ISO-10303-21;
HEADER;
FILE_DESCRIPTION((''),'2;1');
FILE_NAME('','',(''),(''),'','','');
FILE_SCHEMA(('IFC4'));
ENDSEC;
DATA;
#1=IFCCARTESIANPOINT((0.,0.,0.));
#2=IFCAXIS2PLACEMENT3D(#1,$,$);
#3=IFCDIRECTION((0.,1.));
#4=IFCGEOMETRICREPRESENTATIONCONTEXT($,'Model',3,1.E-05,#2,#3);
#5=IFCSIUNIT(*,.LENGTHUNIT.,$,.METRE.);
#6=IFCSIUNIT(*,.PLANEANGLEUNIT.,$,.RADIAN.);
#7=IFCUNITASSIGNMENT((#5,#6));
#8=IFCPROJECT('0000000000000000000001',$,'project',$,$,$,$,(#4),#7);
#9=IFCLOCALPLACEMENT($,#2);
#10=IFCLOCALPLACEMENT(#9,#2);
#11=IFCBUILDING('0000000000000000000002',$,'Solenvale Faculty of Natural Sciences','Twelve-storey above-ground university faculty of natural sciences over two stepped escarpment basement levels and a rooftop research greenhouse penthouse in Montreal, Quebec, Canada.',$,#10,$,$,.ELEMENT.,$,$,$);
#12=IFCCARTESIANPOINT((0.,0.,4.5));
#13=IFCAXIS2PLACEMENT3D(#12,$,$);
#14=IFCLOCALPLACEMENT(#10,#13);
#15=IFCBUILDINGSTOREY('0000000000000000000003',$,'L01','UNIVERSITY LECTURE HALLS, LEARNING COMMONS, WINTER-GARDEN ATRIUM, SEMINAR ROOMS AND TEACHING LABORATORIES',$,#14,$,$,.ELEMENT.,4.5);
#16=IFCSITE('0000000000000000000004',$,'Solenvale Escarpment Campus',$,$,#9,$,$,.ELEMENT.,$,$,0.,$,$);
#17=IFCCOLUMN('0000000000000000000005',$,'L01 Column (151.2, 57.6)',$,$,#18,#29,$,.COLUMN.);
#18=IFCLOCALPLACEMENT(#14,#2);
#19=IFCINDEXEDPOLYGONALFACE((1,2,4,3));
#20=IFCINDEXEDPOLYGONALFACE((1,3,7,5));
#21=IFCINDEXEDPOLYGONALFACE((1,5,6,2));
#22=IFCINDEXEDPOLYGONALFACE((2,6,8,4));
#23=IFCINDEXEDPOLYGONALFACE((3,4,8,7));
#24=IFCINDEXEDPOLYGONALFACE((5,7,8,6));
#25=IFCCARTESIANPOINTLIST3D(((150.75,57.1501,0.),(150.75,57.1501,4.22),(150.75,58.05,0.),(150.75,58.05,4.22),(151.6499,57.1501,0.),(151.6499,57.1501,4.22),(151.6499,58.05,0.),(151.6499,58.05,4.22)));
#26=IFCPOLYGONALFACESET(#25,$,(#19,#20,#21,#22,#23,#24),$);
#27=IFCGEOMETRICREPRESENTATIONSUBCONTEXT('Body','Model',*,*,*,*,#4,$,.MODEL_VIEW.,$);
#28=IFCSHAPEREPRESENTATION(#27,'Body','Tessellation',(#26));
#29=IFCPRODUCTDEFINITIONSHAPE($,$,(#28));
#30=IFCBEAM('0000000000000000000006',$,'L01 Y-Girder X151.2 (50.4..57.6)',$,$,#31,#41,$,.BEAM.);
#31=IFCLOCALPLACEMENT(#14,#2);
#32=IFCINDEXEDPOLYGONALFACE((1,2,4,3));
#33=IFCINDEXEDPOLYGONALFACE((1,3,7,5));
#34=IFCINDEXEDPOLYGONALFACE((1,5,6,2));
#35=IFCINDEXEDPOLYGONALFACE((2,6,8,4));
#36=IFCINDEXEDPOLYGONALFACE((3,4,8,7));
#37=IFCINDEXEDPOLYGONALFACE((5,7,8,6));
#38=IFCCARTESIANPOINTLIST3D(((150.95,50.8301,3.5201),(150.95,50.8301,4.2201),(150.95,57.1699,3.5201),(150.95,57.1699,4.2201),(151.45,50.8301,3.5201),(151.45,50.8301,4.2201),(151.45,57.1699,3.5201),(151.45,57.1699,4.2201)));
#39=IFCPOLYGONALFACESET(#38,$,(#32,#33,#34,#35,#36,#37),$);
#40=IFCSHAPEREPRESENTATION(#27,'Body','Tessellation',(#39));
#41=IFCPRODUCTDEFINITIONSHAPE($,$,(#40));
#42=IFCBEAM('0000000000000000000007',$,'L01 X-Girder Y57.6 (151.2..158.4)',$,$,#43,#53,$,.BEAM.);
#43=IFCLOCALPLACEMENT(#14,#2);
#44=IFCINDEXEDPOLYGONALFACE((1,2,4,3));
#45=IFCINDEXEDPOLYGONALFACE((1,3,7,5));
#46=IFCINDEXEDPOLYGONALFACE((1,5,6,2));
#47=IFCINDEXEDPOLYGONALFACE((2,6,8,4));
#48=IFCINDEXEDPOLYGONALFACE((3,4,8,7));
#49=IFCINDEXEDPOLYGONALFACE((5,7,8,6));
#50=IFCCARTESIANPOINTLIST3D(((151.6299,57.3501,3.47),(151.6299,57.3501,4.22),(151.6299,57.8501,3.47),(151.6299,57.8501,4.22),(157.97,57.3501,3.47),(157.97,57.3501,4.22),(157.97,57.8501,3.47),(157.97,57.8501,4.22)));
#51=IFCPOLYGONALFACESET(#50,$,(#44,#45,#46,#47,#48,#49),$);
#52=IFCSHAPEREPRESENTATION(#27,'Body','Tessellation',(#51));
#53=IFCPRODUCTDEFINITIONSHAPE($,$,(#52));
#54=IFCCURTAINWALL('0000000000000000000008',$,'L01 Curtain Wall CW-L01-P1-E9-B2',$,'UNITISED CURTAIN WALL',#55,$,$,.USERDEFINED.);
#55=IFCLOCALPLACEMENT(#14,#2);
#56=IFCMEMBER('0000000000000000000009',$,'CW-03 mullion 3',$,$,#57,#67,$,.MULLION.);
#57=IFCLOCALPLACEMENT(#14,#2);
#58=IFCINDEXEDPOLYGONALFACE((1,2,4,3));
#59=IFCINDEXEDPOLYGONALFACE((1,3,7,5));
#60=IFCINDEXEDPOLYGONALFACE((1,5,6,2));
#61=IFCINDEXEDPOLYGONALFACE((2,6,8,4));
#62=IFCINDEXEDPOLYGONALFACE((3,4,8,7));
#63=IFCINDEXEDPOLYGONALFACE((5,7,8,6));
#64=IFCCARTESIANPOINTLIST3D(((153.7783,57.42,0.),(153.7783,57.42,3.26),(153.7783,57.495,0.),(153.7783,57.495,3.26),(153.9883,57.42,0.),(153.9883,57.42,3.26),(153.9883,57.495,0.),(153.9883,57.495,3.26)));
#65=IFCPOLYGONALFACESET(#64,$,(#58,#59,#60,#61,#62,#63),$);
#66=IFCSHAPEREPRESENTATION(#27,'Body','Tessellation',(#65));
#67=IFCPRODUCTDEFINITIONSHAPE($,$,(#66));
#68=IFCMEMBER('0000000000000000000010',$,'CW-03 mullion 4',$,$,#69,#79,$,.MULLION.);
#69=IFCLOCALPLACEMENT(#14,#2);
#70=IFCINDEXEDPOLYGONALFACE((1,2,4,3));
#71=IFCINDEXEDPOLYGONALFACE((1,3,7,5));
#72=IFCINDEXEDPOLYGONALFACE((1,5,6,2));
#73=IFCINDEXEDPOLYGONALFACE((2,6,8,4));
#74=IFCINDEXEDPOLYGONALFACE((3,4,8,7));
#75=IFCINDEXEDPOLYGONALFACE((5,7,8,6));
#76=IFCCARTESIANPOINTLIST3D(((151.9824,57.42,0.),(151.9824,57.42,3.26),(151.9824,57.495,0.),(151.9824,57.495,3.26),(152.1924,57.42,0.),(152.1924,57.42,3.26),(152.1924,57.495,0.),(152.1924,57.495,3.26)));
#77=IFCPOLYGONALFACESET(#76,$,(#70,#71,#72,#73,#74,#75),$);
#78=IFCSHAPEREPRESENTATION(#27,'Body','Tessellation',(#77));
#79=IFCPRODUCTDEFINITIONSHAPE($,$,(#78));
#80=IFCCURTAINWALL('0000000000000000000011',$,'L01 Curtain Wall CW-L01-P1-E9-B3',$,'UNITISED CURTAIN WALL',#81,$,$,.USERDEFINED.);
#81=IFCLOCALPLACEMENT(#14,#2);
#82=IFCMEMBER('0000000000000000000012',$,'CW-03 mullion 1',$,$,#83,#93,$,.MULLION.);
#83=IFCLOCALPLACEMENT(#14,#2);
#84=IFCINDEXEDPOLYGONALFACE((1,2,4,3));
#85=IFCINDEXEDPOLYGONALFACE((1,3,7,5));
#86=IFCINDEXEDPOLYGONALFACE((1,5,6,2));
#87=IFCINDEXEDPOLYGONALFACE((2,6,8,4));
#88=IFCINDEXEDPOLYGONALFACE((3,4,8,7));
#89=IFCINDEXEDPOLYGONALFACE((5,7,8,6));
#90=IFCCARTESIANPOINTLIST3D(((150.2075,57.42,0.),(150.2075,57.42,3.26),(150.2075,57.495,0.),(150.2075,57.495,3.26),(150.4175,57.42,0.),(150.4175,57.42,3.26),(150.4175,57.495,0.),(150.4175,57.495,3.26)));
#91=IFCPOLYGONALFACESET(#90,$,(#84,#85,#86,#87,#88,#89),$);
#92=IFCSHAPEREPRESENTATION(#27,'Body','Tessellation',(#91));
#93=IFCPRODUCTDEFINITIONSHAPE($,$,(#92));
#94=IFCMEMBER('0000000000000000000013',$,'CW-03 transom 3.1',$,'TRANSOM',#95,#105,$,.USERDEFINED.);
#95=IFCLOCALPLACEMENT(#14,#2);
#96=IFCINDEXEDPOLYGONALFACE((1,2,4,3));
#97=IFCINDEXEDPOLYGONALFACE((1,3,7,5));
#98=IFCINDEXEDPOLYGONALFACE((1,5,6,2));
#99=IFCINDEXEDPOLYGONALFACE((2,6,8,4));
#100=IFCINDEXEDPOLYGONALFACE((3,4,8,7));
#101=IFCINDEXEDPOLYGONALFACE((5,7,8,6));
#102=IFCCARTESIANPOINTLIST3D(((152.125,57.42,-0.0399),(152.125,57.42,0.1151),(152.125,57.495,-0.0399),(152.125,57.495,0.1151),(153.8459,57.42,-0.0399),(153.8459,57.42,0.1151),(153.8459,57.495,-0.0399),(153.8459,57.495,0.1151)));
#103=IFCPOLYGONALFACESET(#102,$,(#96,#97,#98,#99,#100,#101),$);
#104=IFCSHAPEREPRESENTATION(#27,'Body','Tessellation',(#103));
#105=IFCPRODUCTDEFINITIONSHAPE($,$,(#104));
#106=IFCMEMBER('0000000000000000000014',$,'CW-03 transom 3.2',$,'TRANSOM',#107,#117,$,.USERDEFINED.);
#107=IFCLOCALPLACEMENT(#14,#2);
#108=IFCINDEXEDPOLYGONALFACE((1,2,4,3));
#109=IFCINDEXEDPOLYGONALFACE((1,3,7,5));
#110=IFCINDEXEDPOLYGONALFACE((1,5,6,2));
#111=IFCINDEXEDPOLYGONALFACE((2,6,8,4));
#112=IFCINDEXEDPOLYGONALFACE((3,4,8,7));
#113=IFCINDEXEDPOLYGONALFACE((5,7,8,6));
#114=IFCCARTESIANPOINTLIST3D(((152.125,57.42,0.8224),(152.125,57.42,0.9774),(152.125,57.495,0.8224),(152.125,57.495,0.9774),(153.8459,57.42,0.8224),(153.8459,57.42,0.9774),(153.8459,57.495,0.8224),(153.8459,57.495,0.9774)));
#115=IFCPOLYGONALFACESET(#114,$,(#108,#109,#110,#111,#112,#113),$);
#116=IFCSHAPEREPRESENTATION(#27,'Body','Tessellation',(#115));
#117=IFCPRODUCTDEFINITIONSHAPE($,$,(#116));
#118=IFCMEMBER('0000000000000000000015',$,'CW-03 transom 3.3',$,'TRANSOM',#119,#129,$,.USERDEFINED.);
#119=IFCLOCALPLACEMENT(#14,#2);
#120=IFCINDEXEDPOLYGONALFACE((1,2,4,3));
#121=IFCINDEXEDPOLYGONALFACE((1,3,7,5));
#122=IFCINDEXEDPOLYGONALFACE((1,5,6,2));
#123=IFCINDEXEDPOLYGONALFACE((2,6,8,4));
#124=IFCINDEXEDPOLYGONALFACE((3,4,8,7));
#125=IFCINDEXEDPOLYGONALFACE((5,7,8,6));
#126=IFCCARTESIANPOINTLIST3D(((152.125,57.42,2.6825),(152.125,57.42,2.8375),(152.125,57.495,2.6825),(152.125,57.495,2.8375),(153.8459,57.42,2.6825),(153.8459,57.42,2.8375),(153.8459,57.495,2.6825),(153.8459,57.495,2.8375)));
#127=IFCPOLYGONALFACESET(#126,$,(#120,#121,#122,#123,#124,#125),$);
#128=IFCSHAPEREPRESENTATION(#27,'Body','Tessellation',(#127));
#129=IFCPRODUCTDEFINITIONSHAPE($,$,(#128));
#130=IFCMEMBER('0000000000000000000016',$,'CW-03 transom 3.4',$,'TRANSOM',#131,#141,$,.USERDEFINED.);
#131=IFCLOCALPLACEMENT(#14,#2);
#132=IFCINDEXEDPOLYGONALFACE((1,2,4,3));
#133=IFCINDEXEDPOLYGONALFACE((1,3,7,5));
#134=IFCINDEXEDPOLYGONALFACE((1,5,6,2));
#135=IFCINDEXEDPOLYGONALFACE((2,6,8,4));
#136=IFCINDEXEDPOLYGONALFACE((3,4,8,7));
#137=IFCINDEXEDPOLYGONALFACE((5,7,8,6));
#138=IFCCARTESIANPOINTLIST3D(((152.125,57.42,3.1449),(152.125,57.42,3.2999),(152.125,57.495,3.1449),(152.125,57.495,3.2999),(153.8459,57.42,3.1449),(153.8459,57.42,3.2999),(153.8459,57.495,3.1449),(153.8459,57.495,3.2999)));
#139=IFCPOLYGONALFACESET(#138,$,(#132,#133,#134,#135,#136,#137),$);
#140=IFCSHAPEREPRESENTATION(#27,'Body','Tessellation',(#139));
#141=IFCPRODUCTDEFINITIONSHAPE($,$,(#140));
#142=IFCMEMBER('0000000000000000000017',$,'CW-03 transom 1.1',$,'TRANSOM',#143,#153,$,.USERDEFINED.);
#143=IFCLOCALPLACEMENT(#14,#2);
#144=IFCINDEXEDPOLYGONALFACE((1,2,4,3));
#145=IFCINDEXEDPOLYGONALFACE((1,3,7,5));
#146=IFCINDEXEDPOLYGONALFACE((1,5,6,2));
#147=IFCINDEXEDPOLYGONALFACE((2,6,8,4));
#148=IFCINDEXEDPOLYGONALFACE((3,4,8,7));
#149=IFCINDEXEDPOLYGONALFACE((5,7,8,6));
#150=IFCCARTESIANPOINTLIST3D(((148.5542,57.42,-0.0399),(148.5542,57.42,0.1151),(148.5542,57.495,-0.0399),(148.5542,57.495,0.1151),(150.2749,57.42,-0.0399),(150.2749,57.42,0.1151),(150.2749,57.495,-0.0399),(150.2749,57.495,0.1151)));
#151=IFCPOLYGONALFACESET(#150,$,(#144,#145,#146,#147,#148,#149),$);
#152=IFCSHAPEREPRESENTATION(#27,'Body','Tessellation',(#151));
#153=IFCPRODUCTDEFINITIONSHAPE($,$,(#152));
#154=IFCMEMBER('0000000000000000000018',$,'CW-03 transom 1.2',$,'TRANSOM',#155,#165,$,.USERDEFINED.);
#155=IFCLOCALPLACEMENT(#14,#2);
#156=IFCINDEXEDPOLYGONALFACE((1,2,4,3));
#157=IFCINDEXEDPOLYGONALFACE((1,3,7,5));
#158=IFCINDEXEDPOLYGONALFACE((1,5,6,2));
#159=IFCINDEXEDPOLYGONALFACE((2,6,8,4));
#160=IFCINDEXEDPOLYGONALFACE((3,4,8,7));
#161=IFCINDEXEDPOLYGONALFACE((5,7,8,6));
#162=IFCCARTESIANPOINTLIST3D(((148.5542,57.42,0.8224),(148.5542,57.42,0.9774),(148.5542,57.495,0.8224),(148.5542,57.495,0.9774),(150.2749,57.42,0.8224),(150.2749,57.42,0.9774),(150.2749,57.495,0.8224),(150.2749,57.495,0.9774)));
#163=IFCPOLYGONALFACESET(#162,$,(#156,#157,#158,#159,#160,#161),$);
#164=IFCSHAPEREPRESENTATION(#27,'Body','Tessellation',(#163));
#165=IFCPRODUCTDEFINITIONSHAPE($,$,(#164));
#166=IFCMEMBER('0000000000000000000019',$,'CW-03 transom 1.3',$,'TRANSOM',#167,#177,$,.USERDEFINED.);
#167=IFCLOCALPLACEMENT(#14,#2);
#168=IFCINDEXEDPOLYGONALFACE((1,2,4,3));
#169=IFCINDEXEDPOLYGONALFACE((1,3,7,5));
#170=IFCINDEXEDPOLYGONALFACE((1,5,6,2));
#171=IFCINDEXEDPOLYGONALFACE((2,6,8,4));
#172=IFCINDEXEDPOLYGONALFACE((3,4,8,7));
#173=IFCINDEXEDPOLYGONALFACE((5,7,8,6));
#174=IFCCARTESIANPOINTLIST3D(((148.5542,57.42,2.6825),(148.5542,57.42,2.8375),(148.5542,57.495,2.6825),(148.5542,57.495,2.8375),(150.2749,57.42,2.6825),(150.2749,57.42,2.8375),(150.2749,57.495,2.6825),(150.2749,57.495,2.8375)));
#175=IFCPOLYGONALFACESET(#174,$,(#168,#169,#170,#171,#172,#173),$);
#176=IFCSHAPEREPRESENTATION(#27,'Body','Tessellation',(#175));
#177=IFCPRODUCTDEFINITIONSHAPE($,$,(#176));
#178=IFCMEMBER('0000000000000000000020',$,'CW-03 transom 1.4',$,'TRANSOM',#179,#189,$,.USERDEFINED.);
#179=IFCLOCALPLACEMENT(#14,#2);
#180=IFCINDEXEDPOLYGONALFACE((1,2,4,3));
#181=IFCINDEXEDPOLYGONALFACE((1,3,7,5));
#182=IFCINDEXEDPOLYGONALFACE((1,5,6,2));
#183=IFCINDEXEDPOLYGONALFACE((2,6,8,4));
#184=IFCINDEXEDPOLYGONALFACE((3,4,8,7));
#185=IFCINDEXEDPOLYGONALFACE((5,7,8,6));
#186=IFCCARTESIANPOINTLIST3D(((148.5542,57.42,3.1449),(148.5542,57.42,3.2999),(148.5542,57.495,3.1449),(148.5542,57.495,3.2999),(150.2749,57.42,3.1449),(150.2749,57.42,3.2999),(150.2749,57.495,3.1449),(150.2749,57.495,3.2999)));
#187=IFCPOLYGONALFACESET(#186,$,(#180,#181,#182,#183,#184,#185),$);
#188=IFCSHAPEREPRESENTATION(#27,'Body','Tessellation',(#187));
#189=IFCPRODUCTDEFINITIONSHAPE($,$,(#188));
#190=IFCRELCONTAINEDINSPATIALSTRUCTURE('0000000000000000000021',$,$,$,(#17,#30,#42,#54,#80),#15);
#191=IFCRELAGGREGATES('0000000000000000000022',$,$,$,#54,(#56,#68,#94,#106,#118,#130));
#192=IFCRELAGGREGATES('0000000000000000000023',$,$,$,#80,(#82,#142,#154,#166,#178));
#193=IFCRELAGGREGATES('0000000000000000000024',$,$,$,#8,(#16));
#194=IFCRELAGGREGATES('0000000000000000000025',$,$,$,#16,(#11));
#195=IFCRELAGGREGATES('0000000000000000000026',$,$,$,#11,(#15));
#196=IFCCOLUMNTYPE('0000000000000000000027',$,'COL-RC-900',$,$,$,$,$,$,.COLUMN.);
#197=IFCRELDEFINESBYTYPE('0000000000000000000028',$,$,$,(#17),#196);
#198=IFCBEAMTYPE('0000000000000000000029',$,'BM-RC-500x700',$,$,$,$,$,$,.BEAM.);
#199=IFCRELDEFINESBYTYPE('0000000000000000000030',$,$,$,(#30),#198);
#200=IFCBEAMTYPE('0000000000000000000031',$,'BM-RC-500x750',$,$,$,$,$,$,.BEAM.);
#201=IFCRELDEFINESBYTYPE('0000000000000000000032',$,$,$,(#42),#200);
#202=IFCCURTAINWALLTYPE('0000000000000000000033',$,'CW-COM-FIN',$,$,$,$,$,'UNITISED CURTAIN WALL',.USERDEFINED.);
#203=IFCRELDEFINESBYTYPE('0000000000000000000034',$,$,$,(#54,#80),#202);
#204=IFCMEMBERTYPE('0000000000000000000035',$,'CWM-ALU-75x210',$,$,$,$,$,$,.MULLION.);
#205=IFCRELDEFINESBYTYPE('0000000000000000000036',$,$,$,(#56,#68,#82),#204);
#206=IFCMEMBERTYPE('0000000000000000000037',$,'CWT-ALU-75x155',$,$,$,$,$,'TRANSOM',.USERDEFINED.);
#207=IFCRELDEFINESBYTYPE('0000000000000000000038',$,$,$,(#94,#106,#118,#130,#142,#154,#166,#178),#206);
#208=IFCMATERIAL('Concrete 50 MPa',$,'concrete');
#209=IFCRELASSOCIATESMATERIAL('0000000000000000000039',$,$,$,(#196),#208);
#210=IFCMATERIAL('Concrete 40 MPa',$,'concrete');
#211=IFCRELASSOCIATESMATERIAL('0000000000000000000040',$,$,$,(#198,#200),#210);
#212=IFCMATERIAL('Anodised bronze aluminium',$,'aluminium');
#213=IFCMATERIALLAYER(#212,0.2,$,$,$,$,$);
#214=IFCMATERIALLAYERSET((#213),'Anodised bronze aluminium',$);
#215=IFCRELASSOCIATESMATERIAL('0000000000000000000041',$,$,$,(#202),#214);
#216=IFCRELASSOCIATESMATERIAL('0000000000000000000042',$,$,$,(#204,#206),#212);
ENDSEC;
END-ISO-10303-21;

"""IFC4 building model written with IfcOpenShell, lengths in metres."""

from ifc_helpers import new_model, si_unit, direction, frame, origin, origin_2d, place, context, subcontext, project, spatial, rectangle, extrude, material, layer, layer_set, material_profile, profile_set, type_object, element, aggregate, save


model = new_model("IFC4")

# Units and contexts
model_context = context("Model", 3, precision=1e-05, world=origin(), true_north=direction((0.0, 1.0)))
body_context = subcontext(model_context, "Body", "Model", "MODEL_VIEW")
ifc_project = project(units=[si_unit("LENGTHUNIT", "METRE"), si_unit("PLANEANGLEUNIT", "RADIAN")], contexts=[model_context])

# Site, building, storey
site_placement = place(None, origin())
site = spatial("IfcSite", under=ifc_project, at=site_placement, Name="Solenvale Escarpment Campus", CompositionType="ELEMENT", RefElevation=0.0)
building_placement = place(site_placement, origin())
building = spatial("IfcBuilding", under=site, at=building_placement, Name="Solenvale Faculty of Natural Sciences", Description="Twelve-storey above-ground university faculty of natural sciences over two stepped escarpment basement levels and a rooftop research greenhouse penthouse in Montreal, Quebec, Canada.", CompositionType="ELEMENT")
storey_placement = place(building_placement, frame((0.0, 0.0, 4.5)))
storey = spatial("IfcBuildingStorey", under=building, at=storey_placement, Name="L01", Description="UNIVERSITY LECTURE HALLS, LEARNING COMMONS, WINTER-GARDEN ATRIUM, SEMINAR ROOMS AND TEACHING LABORATORIES", CompositionType="ELEMENT", Elevation=4.5)

# Column
ifc_material_1 = material(Name="Concrete 50 MPa", Category="concrete")
ifc_material_profile_1 = material_profile(ifc_material_1, rectangle(XDim=0.8999, YDim=0.8999, at=origin_2d()), Name="RC-COL-900x900")
ifc_profile_set_1 = profile_set([ifc_material_profile_1], Name="Concrete 50 MPa")
column_type = type_object("IfcColumnType", Name="COL-RC-900", PredefinedType="COLUMN", material=ifc_profile_set_1)
column_placement = place(storey_placement, frame((151.2, 57.6001, 0.0), z_axis=(0.0, 0.0, 1.0), x_axis=(1.0, 0.0, 0.0)))
element("IfcColumn", 1, at=column_placement, inside=storey, type_object=column_type, Name="L01 Column (151.2, 57.6)", PredefinedType="COLUMN", context=body_context, shape_type="SweptSolid", body=[
    extrude(rectangle(XDim=0.8999, YDim=0.8999, at=origin_2d()), origin(), (0.0, 0.0, 1.0), 4.22),
])

# Beams
ifc_material_2 = material(Name="Concrete 40 MPa", Category="concrete")
ifc_material_profile_2 = material_profile(ifc_material_2, rectangle(XDim=0.5, YDim=0.7, at=origin_2d()), Name="RC-BM-500x700")
ifc_profile_set_2 = profile_set([ifc_material_profile_2], Name="Concrete 40 MPa")
beam_type_1 = type_object("IfcBeamType", Name="BM-RC-500x700", PredefinedType="BEAM", material=ifc_profile_set_2)
beam_1_placement = place(storey_placement, frame((151.2, 50.8301, 3.8701), z_axis=(0.0, 1.0, 0.0), x_axis=(-1.0, 0.0, 0.0)))
element("IfcBeam", 2, at=beam_1_placement, inside=storey, type_object=beam_type_1, Name="L01 Y-Girder X151.2 (50.4..57.6)", PredefinedType="BEAM", context=body_context, shape_type="SweptSolid", body=[
    extrude(rectangle(XDim=0.5, YDim=0.7, at=origin_2d()), origin(), (0.0, 0.0, 1.0), 6.3398),
])
ifc_material_profile_3 = material_profile(ifc_material_2, rectangle(XDim=0.5, YDim=0.75, at=origin_2d()), Name="RC-BM-500x750")
ifc_profile_set_3 = profile_set([ifc_material_profile_3], Name="Concrete 40 MPa")
beam_type_2 = type_object("IfcBeamType", Name="BM-RC-500x750", PredefinedType="BEAM", material=ifc_profile_set_3)
beam_2_placement = place(storey_placement, frame((151.6299, 57.6001, 3.845), z_axis=(1.0, 0.0, 0.0), x_axis=(0.0, 1.0, 0.0)))
element("IfcBeam", 3, at=beam_2_placement, inside=storey, type_object=beam_type_2, Name="L01 X-Girder Y57.6 (151.2..158.4)", PredefinedType="BEAM", context=body_context, shape_type="SweptSolid", body=[
    extrude(rectangle(XDim=0.5, YDim=0.75, at=origin_2d()), origin(), (0.0, 0.0, 1.0), 6.3401),
])

# Curtain wall, members
ifc_material_3 = material(Name="Anodised bronze aluminium", Category="aluminium")
ifc_layer_1 = layer(ifc_material_3, 0.2)
ifc_layer_set_1 = layer_set([ifc_layer_1], Name="Anodised bronze aluminium")
curtain_wall_type = type_object("IfcCurtainWallType", Name="CW-COM-FIN", ElementType="UNITISED CURTAIN WALL", PredefinedType="USERDEFINED", material=ifc_layer_set_1)
curtain_wall_1_placement = place(storey_placement, origin())
curtain_wall_1 = element("IfcCurtainWall", 4, at=curtain_wall_1_placement, inside=storey, type_object=curtain_wall_type, Name="L01 Curtain Wall CW-L01-P1-E9-B2", ObjectType="UNITISED CURTAIN WALL", PredefinedType="USERDEFINED")
ifc_material_profile_4 = material_profile(ifc_material_3, rectangle(XDim=0.075, YDim=0.21, at=origin_2d()), Name="ALU-MUL-75x210")
ifc_profile_set_4 = profile_set([ifc_material_profile_4], Name="Anodised bronze aluminium")
member_type_1 = type_object("IfcMemberType", Name="CWM-ALU-75x210", PredefinedType="MULLION", material=ifc_profile_set_4)
member_1_placement = place(storey_placement, frame((153.8833, 57.4575, 0.0), z_axis=(0.0, 0.0, 1.0), x_axis=(0.0, -1.0, 0.0)))
member_1 = element("IfcMember", 5, at=member_1_placement, type_object=member_type_1, Name="CW-03 mullion 3", PredefinedType="MULLION", context=body_context, shape_type="SweptSolid", body=[
    extrude(rectangle(XDim=0.075, YDim=0.21, at=origin_2d()), origin(), (0.0, 0.0, 1.0), 3.26),
])
member_2_placement = place(storey_placement, frame((152.0874, 57.4575, 0.0), z_axis=(0.0, 0.0, 1.0), x_axis=(0.0, -1.0, 0.0)))
member_2 = element("IfcMember", 6, at=member_2_placement, type_object=member_type_1, Name="CW-03 mullion 4", PredefinedType="MULLION", context=body_context, shape_type="SweptSolid", body=[
    extrude(rectangle(XDim=0.075, YDim=0.21, at=origin_2d()), origin(), (0.0, 0.0, 1.0), 3.26),
])

# Curtain wall, member
curtain_wall_2_placement = place(storey_placement, origin())
curtain_wall_2 = element("IfcCurtainWall", 7, at=curtain_wall_2_placement, inside=storey, type_object=curtain_wall_type, Name="L01 Curtain Wall CW-L01-P1-E9-B3", ObjectType="UNITISED CURTAIN WALL", PredefinedType="USERDEFINED")
member_3_placement = place(storey_placement, frame((150.3125, 57.4575, 0.0), z_axis=(0.0, 0.0, 1.0), x_axis=(0.0, -1.0, 0.0)))
member_3 = element("IfcMember", 8, at=member_3_placement, type_object=member_type_1, Name="CW-03 mullion 1", PredefinedType="MULLION", context=body_context, shape_type="SweptSolid", body=[
    extrude(rectangle(XDim=0.075, YDim=0.21, at=origin_2d()), origin(), (0.0, 0.0, 1.0), 3.26),
])

# Members
ifc_material_profile_5 = material_profile(ifc_material_3, rectangle(XDim=0.075, YDim=0.155, at=origin_2d()), Name="ALU-TRN-75x155")
ifc_profile_set_5 = profile_set([ifc_material_profile_5], Name="Anodised bronze aluminium")
member_type_2 = type_object("IfcMemberType", Name="CWT-ALU-75x155", ElementType="TRANSOM", PredefinedType="USERDEFINED", material=ifc_profile_set_5)
member_4_placement = place(storey_placement, frame((153.8459, 57.4575, 0.0376), z_axis=(-1.0, 0.0, 0.0), x_axis=(0.0, -1.0, 0.0)))
member_4 = element("IfcMember", 9, at=member_4_placement, type_object=member_type_2, Name="CW-03 transom 3.1", ObjectType="TRANSOM", PredefinedType="USERDEFINED", context=body_context, shape_type="SweptSolid", body=[
    extrude(rectangle(XDim=0.075, YDim=0.155, at=origin_2d()), origin(), (0.0, 0.0, 1.0), 1.7209),
])
member_5_placement = place(storey_placement, frame((153.8459, 57.4575, 0.8999), z_axis=(-1.0, 0.0, 0.0), x_axis=(0.0, -1.0, 0.0)))
member_5 = element("IfcMember", 10, at=member_5_placement, type_object=member_type_2, Name="CW-03 transom 3.2", ObjectType="TRANSOM", PredefinedType="USERDEFINED", context=body_context, shape_type="SweptSolid", body=[
    extrude(rectangle(XDim=0.075, YDim=0.155, at=origin_2d()), origin(), (0.0, 0.0, 1.0), 1.7209),
])
member_6_placement = place(storey_placement, frame((153.8459, 57.4575, 2.76), z_axis=(-1.0, 0.0, 0.0), x_axis=(0.0, -1.0, 0.0)))
member_6 = element("IfcMember", 11, at=member_6_placement, type_object=member_type_2, Name="CW-03 transom 3.3", ObjectType="TRANSOM", PredefinedType="USERDEFINED", context=body_context, shape_type="SweptSolid", body=[
    extrude(rectangle(XDim=0.075, YDim=0.155, at=origin_2d()), origin(), (0.0, 0.0, 1.0), 1.7209),
])
member_7_placement = place(storey_placement, frame((153.8459, 57.4575, 3.2224), z_axis=(-1.0, 0.0, 0.0), x_axis=(0.0, -1.0, 0.0)))
member_7 = element("IfcMember", 12, at=member_7_placement, type_object=member_type_2, Name="CW-03 transom 3.4", ObjectType="TRANSOM", PredefinedType="USERDEFINED", context=body_context, shape_type="SweptSolid", body=[
    extrude(rectangle(XDim=0.075, YDim=0.155, at=origin_2d()), origin(), (0.0, 0.0, 1.0), 1.7209),
])
member_8_placement = place(storey_placement, frame((150.2749, 57.4575, 0.0376), z_axis=(-1.0, 0.0, 0.0), x_axis=(0.0, -1.0, 0.0)))
member_8 = element("IfcMember", 13, at=member_8_placement, type_object=member_type_2, Name="CW-03 transom 1.1", ObjectType="TRANSOM", PredefinedType="USERDEFINED", context=body_context, shape_type="SweptSolid", body=[
    extrude(rectangle(XDim=0.075, YDim=0.155, at=origin_2d()), origin(), (0.0, 0.0, 1.0), 1.7207),
])
member_9_placement = place(storey_placement, frame((150.2749, 57.4575, 0.8999), z_axis=(-1.0, 0.0, 0.0), x_axis=(0.0, -1.0, 0.0)))
member_9 = element("IfcMember", 14, at=member_9_placement, type_object=member_type_2, Name="CW-03 transom 1.2", ObjectType="TRANSOM", PredefinedType="USERDEFINED", context=body_context, shape_type="SweptSolid", body=[
    extrude(rectangle(XDim=0.075, YDim=0.155, at=origin_2d()), origin(), (0.0, 0.0, 1.0), 1.7207),
])
member_10_placement = place(storey_placement, frame((150.2749, 57.4575, 2.76), z_axis=(-1.0, 0.0, 0.0), x_axis=(0.0, -1.0, 0.0)))
member_10 = element("IfcMember", 15, at=member_10_placement, type_object=member_type_2, Name="CW-03 transom 1.3", ObjectType="TRANSOM", PredefinedType="USERDEFINED", context=body_context, shape_type="SweptSolid", body=[
    extrude(rectangle(XDim=0.075, YDim=0.155, at=origin_2d()), origin(), (0.0, 0.0, 1.0), 1.7207),
])
member_11_placement = place(storey_placement, frame((150.2749, 57.4575, 3.2224), z_axis=(-1.0, 0.0, 0.0), x_axis=(0.0, -1.0, 0.0)))
member_11 = element("IfcMember", 16, at=member_11_placement, type_object=member_type_2, Name="CW-03 transom 1.4", ObjectType="TRANSOM", PredefinedType="USERDEFINED", context=body_context, shape_type="SweptSolid", body=[
    extrude(rectangle(XDim=0.075, YDim=0.155, at=origin_2d()), origin(), (0.0, 0.0, 1.0), 1.7207),
])

aggregate(curtain_wall_1, [member_1, member_2, member_4, member_5, member_6, member_7])
aggregate(curtain_wall_2, [member_3, member_8, member_9, member_10, member_11])

save(model, "model.ifc")
